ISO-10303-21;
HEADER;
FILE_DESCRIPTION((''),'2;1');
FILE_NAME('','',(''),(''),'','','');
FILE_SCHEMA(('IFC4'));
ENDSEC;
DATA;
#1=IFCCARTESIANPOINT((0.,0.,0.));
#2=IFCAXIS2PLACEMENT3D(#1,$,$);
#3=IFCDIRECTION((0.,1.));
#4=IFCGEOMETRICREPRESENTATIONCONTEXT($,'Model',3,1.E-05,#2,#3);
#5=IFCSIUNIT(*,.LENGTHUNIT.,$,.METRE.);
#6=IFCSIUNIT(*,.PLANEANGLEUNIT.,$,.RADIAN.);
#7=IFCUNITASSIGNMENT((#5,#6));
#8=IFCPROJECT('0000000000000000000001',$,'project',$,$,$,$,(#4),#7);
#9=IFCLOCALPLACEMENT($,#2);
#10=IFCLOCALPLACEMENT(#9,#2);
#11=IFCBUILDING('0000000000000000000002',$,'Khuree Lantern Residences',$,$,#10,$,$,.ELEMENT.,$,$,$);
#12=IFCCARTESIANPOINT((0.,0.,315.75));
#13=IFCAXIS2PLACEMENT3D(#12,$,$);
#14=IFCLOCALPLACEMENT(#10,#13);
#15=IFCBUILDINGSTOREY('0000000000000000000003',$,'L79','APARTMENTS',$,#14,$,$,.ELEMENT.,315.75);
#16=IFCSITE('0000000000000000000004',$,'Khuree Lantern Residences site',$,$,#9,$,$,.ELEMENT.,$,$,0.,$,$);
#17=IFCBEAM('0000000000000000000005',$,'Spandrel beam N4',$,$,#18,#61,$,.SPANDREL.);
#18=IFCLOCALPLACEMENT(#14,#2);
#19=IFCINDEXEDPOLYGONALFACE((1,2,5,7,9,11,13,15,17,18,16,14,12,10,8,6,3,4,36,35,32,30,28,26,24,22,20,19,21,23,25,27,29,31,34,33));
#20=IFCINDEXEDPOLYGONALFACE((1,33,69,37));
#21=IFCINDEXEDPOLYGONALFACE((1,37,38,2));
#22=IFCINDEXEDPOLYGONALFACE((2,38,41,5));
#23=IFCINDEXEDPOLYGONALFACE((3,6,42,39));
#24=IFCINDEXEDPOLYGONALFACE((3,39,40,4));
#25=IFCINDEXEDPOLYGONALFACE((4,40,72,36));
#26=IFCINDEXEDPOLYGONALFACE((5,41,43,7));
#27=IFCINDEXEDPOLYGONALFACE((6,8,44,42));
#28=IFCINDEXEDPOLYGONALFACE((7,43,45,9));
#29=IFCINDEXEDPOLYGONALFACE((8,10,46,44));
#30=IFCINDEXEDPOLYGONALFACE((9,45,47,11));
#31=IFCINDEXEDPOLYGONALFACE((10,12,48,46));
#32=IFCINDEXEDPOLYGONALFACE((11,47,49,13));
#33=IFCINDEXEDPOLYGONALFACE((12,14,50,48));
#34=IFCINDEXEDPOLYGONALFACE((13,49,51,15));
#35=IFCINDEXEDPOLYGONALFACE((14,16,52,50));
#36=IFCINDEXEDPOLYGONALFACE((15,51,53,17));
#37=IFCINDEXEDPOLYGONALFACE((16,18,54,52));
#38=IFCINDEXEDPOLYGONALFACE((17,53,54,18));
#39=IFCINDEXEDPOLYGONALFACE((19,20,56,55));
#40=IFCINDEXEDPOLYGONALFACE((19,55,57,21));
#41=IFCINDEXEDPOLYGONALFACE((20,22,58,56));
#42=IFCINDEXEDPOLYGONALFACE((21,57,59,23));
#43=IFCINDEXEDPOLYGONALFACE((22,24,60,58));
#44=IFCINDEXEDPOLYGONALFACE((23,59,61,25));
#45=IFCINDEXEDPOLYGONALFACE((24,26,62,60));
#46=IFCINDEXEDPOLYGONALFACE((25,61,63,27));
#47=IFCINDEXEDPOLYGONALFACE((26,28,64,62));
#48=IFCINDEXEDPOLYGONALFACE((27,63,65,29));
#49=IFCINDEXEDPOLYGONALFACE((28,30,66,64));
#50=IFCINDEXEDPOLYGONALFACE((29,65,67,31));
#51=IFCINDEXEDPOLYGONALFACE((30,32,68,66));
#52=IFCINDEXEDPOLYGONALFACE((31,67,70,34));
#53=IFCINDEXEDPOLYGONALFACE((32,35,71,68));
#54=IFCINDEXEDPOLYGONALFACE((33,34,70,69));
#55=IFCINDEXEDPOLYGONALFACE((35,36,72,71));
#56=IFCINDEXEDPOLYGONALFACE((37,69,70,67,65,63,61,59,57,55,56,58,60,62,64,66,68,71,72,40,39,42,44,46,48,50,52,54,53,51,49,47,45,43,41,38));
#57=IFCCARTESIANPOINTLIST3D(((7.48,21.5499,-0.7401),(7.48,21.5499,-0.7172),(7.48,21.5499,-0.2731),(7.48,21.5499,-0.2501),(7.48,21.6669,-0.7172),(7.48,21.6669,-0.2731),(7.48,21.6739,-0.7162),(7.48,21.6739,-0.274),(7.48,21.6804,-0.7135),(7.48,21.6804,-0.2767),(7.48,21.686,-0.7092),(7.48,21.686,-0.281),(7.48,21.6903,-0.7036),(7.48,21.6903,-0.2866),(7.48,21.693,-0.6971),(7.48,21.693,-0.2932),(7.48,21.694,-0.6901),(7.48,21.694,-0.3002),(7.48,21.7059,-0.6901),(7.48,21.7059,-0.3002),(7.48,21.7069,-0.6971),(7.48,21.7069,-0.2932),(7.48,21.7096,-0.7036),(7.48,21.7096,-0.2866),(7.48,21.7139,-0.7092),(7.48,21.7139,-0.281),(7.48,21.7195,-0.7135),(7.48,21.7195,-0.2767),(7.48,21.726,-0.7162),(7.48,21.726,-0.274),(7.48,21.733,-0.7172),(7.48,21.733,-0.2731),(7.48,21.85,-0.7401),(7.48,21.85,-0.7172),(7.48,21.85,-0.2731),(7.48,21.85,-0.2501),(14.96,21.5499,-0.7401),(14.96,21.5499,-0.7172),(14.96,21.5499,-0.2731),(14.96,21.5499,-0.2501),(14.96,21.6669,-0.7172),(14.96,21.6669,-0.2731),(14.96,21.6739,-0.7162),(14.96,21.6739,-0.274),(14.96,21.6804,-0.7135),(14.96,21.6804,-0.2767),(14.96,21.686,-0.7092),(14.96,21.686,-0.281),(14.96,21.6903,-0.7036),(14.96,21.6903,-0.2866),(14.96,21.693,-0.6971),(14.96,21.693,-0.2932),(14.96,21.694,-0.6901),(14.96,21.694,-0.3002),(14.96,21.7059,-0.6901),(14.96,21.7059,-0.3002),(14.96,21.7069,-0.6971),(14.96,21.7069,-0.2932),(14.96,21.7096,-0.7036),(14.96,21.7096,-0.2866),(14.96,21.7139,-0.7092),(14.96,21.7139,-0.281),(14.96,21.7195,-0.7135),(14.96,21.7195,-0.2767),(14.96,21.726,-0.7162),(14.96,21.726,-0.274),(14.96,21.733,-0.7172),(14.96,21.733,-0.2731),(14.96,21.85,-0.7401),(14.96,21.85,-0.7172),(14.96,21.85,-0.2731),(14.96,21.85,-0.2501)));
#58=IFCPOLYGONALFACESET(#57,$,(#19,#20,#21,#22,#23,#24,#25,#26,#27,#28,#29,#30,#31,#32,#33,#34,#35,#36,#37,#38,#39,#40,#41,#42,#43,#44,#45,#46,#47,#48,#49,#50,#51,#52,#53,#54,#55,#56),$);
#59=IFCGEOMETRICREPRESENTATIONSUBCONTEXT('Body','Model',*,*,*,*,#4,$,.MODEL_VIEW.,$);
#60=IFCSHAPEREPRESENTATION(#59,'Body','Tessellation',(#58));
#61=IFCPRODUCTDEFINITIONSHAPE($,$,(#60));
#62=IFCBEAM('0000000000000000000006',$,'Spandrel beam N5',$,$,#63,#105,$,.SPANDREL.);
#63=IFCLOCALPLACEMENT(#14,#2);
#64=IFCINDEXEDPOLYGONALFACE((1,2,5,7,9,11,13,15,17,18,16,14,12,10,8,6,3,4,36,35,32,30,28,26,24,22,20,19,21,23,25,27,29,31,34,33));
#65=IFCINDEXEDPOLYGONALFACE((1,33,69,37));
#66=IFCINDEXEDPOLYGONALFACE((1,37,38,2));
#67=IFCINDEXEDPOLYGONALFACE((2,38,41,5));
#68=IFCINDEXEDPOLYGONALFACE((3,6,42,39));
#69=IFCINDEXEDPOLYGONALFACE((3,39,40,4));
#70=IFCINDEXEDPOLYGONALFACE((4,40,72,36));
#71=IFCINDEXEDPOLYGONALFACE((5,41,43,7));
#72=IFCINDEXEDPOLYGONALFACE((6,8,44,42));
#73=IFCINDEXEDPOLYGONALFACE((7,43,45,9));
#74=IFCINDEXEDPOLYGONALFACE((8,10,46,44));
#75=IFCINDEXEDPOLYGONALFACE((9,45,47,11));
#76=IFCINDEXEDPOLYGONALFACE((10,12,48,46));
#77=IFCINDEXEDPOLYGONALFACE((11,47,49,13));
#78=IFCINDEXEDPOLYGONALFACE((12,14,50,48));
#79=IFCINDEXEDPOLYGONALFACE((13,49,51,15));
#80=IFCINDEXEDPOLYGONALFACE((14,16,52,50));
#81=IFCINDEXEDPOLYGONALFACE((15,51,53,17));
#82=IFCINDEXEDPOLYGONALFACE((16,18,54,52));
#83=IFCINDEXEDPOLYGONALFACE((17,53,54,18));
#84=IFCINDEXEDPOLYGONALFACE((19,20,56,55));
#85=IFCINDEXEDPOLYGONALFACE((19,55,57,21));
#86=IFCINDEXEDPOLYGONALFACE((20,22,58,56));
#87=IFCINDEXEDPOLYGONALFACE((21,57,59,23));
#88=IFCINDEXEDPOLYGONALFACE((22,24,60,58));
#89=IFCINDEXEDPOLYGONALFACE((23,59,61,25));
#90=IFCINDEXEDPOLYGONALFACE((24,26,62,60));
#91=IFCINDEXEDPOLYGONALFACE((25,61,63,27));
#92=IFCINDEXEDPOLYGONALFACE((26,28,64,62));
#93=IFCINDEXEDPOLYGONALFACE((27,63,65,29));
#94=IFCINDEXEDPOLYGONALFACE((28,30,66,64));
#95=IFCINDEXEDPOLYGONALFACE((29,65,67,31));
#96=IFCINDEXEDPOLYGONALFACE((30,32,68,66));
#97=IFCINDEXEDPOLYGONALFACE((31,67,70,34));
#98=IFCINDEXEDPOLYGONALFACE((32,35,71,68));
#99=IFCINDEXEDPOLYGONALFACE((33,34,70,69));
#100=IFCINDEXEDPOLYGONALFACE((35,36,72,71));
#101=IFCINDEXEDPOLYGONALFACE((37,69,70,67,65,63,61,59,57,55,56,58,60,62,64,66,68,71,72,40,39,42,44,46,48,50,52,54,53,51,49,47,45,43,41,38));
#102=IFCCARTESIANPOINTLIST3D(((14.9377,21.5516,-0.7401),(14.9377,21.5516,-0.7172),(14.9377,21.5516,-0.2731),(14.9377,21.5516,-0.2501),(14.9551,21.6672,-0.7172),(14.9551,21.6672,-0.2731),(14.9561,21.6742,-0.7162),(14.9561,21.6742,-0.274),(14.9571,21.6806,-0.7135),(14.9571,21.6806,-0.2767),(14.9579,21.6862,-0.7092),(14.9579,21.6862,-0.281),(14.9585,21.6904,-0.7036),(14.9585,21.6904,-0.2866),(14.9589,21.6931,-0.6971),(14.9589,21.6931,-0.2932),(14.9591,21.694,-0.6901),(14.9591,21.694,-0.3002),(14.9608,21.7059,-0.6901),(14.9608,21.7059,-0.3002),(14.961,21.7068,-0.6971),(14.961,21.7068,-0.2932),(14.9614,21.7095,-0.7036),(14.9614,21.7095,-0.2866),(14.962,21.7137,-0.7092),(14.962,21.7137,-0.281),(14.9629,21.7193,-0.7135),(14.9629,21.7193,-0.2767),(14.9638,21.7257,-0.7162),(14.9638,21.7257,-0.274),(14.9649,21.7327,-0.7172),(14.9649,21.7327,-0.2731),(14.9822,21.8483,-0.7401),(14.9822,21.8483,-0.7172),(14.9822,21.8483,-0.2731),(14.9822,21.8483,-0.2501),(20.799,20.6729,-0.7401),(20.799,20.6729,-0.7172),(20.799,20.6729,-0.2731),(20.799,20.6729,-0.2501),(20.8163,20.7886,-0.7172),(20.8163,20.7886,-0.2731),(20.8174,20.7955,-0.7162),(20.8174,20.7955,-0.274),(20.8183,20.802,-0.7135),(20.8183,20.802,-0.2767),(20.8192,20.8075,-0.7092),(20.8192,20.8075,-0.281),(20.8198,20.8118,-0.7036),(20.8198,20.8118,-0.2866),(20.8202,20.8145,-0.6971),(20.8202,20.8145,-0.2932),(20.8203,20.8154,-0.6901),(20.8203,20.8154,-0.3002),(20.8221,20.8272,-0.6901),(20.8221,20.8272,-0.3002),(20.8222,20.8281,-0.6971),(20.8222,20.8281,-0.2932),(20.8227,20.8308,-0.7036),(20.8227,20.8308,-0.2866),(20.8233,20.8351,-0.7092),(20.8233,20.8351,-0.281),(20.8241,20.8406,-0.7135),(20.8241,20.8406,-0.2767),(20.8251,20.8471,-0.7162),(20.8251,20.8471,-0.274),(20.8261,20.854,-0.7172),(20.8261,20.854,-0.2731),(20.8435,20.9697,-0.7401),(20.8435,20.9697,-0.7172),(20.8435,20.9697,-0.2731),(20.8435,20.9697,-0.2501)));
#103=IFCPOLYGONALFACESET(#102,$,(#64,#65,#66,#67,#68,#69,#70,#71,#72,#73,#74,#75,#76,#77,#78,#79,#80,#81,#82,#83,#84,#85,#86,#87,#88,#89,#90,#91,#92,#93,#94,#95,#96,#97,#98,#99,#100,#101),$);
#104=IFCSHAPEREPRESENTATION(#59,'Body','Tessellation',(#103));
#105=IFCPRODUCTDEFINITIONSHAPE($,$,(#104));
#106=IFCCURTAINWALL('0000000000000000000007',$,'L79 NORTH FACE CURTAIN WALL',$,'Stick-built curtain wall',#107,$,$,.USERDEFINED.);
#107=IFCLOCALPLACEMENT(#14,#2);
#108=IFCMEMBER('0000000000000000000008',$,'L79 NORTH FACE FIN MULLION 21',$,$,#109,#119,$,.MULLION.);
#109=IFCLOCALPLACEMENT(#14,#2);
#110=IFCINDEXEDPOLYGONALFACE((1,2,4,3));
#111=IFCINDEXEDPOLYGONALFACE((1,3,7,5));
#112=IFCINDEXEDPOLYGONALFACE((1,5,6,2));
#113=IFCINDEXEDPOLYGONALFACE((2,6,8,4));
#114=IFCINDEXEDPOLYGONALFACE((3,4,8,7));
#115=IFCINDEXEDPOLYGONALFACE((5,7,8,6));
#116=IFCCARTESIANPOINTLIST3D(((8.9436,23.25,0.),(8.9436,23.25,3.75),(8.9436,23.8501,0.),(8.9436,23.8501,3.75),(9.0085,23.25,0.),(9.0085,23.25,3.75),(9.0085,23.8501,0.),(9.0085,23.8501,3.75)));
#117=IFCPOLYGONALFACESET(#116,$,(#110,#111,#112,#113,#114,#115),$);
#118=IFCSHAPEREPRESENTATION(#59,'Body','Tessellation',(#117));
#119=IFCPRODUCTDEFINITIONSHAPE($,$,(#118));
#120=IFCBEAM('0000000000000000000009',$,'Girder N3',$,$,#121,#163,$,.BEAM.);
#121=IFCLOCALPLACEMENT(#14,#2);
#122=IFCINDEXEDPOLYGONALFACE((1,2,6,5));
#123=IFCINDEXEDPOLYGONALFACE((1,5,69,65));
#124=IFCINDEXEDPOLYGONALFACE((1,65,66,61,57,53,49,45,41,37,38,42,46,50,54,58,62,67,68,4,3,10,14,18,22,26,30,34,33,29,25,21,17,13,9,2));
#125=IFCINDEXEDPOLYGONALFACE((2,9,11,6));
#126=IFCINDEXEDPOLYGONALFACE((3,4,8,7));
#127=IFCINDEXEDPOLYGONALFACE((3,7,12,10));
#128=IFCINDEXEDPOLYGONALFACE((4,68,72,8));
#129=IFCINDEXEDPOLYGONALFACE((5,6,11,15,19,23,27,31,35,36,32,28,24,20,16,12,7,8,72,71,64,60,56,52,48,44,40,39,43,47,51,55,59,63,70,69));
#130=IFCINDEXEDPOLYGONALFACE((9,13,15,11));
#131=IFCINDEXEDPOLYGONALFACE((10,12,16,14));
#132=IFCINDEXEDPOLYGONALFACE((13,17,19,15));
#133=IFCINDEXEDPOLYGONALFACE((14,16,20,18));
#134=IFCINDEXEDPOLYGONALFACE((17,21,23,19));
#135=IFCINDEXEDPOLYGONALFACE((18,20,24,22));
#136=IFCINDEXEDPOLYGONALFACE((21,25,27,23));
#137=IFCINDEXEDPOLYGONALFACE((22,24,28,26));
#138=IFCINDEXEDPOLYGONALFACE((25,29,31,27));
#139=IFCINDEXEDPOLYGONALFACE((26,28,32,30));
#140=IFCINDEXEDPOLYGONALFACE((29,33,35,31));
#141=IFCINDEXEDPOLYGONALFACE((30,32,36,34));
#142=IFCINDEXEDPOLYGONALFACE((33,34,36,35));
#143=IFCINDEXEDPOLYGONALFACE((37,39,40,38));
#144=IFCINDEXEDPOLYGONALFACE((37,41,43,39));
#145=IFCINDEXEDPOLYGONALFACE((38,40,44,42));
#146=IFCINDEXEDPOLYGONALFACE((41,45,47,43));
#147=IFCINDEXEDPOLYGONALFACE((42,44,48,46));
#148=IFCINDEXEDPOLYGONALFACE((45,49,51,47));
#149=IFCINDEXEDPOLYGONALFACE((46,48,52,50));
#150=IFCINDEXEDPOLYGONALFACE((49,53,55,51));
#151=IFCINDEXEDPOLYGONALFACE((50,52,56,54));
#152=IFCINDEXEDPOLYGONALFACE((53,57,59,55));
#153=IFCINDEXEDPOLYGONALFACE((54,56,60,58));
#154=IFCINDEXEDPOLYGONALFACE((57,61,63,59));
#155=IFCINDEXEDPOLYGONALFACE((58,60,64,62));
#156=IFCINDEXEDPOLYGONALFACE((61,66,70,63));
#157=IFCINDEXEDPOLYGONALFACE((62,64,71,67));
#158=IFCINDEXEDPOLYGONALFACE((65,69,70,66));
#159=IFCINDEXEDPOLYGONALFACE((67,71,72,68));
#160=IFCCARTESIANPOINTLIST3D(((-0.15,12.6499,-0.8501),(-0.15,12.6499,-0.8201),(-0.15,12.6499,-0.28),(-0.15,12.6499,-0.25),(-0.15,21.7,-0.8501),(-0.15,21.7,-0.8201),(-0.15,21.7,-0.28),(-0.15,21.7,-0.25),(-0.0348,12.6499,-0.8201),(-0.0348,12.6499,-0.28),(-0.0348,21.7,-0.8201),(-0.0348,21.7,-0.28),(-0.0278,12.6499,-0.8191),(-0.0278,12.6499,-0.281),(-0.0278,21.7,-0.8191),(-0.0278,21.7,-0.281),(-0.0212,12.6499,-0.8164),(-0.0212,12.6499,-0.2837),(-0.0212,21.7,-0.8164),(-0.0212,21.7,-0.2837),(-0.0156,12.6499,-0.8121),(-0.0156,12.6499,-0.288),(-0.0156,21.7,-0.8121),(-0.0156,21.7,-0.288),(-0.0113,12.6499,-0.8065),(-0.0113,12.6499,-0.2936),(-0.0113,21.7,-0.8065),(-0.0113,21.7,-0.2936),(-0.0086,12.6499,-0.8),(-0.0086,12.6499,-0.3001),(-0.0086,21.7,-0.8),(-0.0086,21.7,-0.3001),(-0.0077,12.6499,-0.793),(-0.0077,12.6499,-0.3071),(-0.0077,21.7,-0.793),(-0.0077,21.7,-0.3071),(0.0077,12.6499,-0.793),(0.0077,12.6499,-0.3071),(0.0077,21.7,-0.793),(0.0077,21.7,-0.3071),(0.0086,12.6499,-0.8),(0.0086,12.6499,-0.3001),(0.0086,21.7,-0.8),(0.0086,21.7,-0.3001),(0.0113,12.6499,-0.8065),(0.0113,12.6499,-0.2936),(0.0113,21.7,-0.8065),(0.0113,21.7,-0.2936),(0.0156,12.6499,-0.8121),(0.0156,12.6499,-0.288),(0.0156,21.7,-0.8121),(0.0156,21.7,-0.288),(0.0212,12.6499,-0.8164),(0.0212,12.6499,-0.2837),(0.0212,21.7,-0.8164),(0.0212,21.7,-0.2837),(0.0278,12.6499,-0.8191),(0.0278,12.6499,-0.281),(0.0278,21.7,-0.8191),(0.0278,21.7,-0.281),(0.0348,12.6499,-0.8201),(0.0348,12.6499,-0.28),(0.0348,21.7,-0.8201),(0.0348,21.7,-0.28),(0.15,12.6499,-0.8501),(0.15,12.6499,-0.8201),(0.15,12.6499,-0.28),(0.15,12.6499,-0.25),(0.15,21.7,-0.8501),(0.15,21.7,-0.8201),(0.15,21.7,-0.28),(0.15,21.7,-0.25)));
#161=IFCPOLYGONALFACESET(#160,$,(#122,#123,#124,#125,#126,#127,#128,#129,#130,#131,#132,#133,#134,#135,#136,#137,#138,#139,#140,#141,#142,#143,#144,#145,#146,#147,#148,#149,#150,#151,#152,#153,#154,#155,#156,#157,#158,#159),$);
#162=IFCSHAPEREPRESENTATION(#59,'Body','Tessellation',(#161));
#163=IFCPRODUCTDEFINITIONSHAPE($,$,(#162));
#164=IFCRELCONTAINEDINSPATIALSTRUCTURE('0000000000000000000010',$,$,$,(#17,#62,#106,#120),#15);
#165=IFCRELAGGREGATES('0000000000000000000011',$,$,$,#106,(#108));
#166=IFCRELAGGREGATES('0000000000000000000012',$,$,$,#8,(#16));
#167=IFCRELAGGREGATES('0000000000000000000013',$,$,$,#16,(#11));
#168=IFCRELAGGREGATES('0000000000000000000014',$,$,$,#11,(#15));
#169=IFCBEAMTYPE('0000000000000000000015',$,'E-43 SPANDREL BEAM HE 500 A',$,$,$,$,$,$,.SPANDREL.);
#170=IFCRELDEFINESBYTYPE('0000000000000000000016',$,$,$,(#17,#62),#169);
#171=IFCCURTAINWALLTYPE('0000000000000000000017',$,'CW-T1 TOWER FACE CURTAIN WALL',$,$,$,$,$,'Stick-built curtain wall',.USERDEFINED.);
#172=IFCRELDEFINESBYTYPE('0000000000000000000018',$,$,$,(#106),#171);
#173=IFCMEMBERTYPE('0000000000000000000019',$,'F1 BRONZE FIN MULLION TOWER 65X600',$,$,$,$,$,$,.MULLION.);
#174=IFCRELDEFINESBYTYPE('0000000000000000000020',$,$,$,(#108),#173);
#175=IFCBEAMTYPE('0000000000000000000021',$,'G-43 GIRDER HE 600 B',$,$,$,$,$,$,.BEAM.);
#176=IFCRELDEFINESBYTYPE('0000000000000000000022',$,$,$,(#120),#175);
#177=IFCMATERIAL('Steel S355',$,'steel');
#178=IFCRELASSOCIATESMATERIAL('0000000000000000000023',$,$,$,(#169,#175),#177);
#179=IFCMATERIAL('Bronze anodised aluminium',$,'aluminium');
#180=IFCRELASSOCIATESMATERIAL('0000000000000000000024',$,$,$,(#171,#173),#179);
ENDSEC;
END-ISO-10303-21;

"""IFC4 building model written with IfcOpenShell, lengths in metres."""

from ifc_helpers import new_model, si_unit, direction, frame, origin, origin_2d, place, context, subcontext, project, spatial, rectangle, i_section, extrude, material, material_profile, profile_set, type_object, element, aggregate, save


model = new_model("IFC4")

# Units and contexts
model_context = context("Model", 3, precision=1e-05, world=origin(), true_north=direction((0.0, 1.0)))
body_context = subcontext(model_context, "Body", "Model", "MODEL_VIEW")
ifc_project = project(units=[si_unit("LENGTHUNIT", "METRE"), si_unit("PLANEANGLEUNIT", "RADIAN")], contexts=[model_context])

# Site, building, storey
site_placement = place(None, origin())
site = spatial("IfcSite", under=ifc_project, at=site_placement, Name="Khuree Lantern Residences site", CompositionType="ELEMENT", RefElevation=0.0)
building_placement = place(site_placement, origin())
building = spatial("IfcBuilding", under=site, at=building_placement, Name="Khuree Lantern Residences", CompositionType="ELEMENT")
storey_placement = place(building_placement, frame((0.0, 0.0, 315.75)))
storey = spatial("IfcBuildingStorey", under=building, at=storey_placement, Name="L79", Description="APARTMENTS", CompositionType="ELEMENT", Elevation=315.75)

# Beams
ifc_material_1 = material(Name="Steel S355", Category="steel")
ifc_material_profile_1 = material_profile(ifc_material_1, i_section(OverallWidth=0.3, OverallDepth=0.49, WebThickness=0.012, FlangeThickness=0.0229, FilletRadius=0.0271, at=origin_2d()), Name="HE 500 A")
ifc_profile_set_1 = profile_set([ifc_material_profile_1], Name="Steel S355")
beam_type_1 = type_object("IfcBeamType", Name="E-43 SPANDREL BEAM HE 500 A", PredefinedType="SPANDREL", material=ifc_profile_set_1)
for number, where, z_axis, x_axis, name in (
    (1, (7.48, 21.7, -0.4951), (1.0, 0.0, 0.0), (0.0, 1.0, 0.0), "Spandrel beam N4"),
):
    element("IfcBeam", number, at=place(storey_placement, frame(where, z_axis=z_axis, x_axis=x_axis)), inside=storey, type_object=beam_type_1, Name=name, PredefinedType="SPANDREL", context=body_context, shape_type="SweptSolid", body=[
        extrude(i_section(OverallWidth=0.3, OverallDepth=0.49, WebThickness=0.012, FlangeThickness=0.0229, FilletRadius=0.0271, at=origin_2d()), origin(), (0.0, 0.0, 1.0), 7.48),
    ])
beam_placement = place(storey_placement, frame((14.96, 21.7, -0.4951), z_axis=(0.98895, -0.148252, 0.0), x_axis=(0.148252, 0.98895, 0.0)))
element("IfcBeam", 2, at=beam_placement, inside=storey, type_object=beam_type_1, Name="Spandrel beam N5", PredefinedType="SPANDREL", context=body_context, shape_type="SweptSolid", body=[
    extrude(i_section(OverallWidth=0.3, OverallDepth=0.49, WebThickness=0.012, FlangeThickness=0.0229, FilletRadius=0.0271, at=origin_2d()), origin(), (0.0, 0.0, 1.0), 5.9268),
])

# Curtain wall, member
ifc_material_2 = material(Name="Bronze anodised aluminium", Category="aluminium")
curtain_wall_type = type_object("IfcCurtainWallType", Name="CW-T1 TOWER FACE CURTAIN WALL", ElementType="Stick-built curtain wall", PredefinedType="USERDEFINED", material=ifc_material_2)
curtain_wall_placement = place(storey_placement, origin())
curtain_wall = element("IfcCurtainWall", 3, at=curtain_wall_placement, inside=storey, type_object=curtain_wall_type, Name="L79 NORTH FACE CURTAIN WALL", ObjectType="Stick-built curtain wall", PredefinedType="USERDEFINED")
ifc_material_profile_2 = material_profile(ifc_material_2, rectangle(XDim=0.0649, YDim=0.6001, at=origin_2d()), Name="F1 65X600")
ifc_profile_set_2 = profile_set([ifc_material_profile_2], Name="Bronze anodised aluminium")
member_type_1 = type_object("IfcMemberType", Name="F1 BRONZE FIN MULLION TOWER 65X600", PredefinedType="MULLION", material=ifc_profile_set_2)
member_1_placement = place(storey_placement, frame((8.9761, 23.55, 0.0), z_axis=(0.0, 0.0, 1.0), x_axis=(-1.0, 0.0, 0.0)))
member_1 = element("IfcMember", 4, at=member_1_placement, type_object=member_type_1, Name="L79 NORTH FACE FIN MULLION 21", PredefinedType="MULLION", context=body_context, shape_type="SweptSolid", body=[
    extrude(rectangle(XDim=0.0649, YDim=0.6001, at=origin_2d()), origin(), (0.0, 0.0, 1.0), 3.75),
])

# Beam
ifc_material_profile_3 = material_profile(ifc_material_1, i_section(OverallWidth=0.3, OverallDepth=0.6001, WebThickness=0.0154, FlangeThickness=0.03, FilletRadius=0.0271, at=origin_2d()), Name="HE 600 B")
ifc_profile_set_3 = profile_set([ifc_material_profile_3], Name="Steel S355")
beam_type_2 = type_object("IfcBeamType", Name="G-43 GIRDER HE 600 B", PredefinedType="BEAM", material=ifc_profile_set_3)
for number, where, z_axis, x_axis, name in (
    (5, (0.0, 21.7, -0.55), (0.0, -1.0, 0.0), (1.0, 0.0, 0.0), "Girder N3"),
):
    element("IfcBeam", number, at=place(storey_placement, frame(where, z_axis=z_axis, x_axis=x_axis)), inside=storey, type_object=beam_type_2, Name=name, PredefinedType="BEAM", context=body_context, shape_type="SweptSolid", body=[
        extrude(i_section(OverallWidth=0.3, OverallDepth=0.6001, WebThickness=0.0154, FlangeThickness=0.03, FilletRadius=0.0271, at=origin_2d()), origin(), (0.0, 0.0, 1.0), 9.05),
    ])

aggregate(curtain_wall, [member_1])

save(model, "model.ifc")
